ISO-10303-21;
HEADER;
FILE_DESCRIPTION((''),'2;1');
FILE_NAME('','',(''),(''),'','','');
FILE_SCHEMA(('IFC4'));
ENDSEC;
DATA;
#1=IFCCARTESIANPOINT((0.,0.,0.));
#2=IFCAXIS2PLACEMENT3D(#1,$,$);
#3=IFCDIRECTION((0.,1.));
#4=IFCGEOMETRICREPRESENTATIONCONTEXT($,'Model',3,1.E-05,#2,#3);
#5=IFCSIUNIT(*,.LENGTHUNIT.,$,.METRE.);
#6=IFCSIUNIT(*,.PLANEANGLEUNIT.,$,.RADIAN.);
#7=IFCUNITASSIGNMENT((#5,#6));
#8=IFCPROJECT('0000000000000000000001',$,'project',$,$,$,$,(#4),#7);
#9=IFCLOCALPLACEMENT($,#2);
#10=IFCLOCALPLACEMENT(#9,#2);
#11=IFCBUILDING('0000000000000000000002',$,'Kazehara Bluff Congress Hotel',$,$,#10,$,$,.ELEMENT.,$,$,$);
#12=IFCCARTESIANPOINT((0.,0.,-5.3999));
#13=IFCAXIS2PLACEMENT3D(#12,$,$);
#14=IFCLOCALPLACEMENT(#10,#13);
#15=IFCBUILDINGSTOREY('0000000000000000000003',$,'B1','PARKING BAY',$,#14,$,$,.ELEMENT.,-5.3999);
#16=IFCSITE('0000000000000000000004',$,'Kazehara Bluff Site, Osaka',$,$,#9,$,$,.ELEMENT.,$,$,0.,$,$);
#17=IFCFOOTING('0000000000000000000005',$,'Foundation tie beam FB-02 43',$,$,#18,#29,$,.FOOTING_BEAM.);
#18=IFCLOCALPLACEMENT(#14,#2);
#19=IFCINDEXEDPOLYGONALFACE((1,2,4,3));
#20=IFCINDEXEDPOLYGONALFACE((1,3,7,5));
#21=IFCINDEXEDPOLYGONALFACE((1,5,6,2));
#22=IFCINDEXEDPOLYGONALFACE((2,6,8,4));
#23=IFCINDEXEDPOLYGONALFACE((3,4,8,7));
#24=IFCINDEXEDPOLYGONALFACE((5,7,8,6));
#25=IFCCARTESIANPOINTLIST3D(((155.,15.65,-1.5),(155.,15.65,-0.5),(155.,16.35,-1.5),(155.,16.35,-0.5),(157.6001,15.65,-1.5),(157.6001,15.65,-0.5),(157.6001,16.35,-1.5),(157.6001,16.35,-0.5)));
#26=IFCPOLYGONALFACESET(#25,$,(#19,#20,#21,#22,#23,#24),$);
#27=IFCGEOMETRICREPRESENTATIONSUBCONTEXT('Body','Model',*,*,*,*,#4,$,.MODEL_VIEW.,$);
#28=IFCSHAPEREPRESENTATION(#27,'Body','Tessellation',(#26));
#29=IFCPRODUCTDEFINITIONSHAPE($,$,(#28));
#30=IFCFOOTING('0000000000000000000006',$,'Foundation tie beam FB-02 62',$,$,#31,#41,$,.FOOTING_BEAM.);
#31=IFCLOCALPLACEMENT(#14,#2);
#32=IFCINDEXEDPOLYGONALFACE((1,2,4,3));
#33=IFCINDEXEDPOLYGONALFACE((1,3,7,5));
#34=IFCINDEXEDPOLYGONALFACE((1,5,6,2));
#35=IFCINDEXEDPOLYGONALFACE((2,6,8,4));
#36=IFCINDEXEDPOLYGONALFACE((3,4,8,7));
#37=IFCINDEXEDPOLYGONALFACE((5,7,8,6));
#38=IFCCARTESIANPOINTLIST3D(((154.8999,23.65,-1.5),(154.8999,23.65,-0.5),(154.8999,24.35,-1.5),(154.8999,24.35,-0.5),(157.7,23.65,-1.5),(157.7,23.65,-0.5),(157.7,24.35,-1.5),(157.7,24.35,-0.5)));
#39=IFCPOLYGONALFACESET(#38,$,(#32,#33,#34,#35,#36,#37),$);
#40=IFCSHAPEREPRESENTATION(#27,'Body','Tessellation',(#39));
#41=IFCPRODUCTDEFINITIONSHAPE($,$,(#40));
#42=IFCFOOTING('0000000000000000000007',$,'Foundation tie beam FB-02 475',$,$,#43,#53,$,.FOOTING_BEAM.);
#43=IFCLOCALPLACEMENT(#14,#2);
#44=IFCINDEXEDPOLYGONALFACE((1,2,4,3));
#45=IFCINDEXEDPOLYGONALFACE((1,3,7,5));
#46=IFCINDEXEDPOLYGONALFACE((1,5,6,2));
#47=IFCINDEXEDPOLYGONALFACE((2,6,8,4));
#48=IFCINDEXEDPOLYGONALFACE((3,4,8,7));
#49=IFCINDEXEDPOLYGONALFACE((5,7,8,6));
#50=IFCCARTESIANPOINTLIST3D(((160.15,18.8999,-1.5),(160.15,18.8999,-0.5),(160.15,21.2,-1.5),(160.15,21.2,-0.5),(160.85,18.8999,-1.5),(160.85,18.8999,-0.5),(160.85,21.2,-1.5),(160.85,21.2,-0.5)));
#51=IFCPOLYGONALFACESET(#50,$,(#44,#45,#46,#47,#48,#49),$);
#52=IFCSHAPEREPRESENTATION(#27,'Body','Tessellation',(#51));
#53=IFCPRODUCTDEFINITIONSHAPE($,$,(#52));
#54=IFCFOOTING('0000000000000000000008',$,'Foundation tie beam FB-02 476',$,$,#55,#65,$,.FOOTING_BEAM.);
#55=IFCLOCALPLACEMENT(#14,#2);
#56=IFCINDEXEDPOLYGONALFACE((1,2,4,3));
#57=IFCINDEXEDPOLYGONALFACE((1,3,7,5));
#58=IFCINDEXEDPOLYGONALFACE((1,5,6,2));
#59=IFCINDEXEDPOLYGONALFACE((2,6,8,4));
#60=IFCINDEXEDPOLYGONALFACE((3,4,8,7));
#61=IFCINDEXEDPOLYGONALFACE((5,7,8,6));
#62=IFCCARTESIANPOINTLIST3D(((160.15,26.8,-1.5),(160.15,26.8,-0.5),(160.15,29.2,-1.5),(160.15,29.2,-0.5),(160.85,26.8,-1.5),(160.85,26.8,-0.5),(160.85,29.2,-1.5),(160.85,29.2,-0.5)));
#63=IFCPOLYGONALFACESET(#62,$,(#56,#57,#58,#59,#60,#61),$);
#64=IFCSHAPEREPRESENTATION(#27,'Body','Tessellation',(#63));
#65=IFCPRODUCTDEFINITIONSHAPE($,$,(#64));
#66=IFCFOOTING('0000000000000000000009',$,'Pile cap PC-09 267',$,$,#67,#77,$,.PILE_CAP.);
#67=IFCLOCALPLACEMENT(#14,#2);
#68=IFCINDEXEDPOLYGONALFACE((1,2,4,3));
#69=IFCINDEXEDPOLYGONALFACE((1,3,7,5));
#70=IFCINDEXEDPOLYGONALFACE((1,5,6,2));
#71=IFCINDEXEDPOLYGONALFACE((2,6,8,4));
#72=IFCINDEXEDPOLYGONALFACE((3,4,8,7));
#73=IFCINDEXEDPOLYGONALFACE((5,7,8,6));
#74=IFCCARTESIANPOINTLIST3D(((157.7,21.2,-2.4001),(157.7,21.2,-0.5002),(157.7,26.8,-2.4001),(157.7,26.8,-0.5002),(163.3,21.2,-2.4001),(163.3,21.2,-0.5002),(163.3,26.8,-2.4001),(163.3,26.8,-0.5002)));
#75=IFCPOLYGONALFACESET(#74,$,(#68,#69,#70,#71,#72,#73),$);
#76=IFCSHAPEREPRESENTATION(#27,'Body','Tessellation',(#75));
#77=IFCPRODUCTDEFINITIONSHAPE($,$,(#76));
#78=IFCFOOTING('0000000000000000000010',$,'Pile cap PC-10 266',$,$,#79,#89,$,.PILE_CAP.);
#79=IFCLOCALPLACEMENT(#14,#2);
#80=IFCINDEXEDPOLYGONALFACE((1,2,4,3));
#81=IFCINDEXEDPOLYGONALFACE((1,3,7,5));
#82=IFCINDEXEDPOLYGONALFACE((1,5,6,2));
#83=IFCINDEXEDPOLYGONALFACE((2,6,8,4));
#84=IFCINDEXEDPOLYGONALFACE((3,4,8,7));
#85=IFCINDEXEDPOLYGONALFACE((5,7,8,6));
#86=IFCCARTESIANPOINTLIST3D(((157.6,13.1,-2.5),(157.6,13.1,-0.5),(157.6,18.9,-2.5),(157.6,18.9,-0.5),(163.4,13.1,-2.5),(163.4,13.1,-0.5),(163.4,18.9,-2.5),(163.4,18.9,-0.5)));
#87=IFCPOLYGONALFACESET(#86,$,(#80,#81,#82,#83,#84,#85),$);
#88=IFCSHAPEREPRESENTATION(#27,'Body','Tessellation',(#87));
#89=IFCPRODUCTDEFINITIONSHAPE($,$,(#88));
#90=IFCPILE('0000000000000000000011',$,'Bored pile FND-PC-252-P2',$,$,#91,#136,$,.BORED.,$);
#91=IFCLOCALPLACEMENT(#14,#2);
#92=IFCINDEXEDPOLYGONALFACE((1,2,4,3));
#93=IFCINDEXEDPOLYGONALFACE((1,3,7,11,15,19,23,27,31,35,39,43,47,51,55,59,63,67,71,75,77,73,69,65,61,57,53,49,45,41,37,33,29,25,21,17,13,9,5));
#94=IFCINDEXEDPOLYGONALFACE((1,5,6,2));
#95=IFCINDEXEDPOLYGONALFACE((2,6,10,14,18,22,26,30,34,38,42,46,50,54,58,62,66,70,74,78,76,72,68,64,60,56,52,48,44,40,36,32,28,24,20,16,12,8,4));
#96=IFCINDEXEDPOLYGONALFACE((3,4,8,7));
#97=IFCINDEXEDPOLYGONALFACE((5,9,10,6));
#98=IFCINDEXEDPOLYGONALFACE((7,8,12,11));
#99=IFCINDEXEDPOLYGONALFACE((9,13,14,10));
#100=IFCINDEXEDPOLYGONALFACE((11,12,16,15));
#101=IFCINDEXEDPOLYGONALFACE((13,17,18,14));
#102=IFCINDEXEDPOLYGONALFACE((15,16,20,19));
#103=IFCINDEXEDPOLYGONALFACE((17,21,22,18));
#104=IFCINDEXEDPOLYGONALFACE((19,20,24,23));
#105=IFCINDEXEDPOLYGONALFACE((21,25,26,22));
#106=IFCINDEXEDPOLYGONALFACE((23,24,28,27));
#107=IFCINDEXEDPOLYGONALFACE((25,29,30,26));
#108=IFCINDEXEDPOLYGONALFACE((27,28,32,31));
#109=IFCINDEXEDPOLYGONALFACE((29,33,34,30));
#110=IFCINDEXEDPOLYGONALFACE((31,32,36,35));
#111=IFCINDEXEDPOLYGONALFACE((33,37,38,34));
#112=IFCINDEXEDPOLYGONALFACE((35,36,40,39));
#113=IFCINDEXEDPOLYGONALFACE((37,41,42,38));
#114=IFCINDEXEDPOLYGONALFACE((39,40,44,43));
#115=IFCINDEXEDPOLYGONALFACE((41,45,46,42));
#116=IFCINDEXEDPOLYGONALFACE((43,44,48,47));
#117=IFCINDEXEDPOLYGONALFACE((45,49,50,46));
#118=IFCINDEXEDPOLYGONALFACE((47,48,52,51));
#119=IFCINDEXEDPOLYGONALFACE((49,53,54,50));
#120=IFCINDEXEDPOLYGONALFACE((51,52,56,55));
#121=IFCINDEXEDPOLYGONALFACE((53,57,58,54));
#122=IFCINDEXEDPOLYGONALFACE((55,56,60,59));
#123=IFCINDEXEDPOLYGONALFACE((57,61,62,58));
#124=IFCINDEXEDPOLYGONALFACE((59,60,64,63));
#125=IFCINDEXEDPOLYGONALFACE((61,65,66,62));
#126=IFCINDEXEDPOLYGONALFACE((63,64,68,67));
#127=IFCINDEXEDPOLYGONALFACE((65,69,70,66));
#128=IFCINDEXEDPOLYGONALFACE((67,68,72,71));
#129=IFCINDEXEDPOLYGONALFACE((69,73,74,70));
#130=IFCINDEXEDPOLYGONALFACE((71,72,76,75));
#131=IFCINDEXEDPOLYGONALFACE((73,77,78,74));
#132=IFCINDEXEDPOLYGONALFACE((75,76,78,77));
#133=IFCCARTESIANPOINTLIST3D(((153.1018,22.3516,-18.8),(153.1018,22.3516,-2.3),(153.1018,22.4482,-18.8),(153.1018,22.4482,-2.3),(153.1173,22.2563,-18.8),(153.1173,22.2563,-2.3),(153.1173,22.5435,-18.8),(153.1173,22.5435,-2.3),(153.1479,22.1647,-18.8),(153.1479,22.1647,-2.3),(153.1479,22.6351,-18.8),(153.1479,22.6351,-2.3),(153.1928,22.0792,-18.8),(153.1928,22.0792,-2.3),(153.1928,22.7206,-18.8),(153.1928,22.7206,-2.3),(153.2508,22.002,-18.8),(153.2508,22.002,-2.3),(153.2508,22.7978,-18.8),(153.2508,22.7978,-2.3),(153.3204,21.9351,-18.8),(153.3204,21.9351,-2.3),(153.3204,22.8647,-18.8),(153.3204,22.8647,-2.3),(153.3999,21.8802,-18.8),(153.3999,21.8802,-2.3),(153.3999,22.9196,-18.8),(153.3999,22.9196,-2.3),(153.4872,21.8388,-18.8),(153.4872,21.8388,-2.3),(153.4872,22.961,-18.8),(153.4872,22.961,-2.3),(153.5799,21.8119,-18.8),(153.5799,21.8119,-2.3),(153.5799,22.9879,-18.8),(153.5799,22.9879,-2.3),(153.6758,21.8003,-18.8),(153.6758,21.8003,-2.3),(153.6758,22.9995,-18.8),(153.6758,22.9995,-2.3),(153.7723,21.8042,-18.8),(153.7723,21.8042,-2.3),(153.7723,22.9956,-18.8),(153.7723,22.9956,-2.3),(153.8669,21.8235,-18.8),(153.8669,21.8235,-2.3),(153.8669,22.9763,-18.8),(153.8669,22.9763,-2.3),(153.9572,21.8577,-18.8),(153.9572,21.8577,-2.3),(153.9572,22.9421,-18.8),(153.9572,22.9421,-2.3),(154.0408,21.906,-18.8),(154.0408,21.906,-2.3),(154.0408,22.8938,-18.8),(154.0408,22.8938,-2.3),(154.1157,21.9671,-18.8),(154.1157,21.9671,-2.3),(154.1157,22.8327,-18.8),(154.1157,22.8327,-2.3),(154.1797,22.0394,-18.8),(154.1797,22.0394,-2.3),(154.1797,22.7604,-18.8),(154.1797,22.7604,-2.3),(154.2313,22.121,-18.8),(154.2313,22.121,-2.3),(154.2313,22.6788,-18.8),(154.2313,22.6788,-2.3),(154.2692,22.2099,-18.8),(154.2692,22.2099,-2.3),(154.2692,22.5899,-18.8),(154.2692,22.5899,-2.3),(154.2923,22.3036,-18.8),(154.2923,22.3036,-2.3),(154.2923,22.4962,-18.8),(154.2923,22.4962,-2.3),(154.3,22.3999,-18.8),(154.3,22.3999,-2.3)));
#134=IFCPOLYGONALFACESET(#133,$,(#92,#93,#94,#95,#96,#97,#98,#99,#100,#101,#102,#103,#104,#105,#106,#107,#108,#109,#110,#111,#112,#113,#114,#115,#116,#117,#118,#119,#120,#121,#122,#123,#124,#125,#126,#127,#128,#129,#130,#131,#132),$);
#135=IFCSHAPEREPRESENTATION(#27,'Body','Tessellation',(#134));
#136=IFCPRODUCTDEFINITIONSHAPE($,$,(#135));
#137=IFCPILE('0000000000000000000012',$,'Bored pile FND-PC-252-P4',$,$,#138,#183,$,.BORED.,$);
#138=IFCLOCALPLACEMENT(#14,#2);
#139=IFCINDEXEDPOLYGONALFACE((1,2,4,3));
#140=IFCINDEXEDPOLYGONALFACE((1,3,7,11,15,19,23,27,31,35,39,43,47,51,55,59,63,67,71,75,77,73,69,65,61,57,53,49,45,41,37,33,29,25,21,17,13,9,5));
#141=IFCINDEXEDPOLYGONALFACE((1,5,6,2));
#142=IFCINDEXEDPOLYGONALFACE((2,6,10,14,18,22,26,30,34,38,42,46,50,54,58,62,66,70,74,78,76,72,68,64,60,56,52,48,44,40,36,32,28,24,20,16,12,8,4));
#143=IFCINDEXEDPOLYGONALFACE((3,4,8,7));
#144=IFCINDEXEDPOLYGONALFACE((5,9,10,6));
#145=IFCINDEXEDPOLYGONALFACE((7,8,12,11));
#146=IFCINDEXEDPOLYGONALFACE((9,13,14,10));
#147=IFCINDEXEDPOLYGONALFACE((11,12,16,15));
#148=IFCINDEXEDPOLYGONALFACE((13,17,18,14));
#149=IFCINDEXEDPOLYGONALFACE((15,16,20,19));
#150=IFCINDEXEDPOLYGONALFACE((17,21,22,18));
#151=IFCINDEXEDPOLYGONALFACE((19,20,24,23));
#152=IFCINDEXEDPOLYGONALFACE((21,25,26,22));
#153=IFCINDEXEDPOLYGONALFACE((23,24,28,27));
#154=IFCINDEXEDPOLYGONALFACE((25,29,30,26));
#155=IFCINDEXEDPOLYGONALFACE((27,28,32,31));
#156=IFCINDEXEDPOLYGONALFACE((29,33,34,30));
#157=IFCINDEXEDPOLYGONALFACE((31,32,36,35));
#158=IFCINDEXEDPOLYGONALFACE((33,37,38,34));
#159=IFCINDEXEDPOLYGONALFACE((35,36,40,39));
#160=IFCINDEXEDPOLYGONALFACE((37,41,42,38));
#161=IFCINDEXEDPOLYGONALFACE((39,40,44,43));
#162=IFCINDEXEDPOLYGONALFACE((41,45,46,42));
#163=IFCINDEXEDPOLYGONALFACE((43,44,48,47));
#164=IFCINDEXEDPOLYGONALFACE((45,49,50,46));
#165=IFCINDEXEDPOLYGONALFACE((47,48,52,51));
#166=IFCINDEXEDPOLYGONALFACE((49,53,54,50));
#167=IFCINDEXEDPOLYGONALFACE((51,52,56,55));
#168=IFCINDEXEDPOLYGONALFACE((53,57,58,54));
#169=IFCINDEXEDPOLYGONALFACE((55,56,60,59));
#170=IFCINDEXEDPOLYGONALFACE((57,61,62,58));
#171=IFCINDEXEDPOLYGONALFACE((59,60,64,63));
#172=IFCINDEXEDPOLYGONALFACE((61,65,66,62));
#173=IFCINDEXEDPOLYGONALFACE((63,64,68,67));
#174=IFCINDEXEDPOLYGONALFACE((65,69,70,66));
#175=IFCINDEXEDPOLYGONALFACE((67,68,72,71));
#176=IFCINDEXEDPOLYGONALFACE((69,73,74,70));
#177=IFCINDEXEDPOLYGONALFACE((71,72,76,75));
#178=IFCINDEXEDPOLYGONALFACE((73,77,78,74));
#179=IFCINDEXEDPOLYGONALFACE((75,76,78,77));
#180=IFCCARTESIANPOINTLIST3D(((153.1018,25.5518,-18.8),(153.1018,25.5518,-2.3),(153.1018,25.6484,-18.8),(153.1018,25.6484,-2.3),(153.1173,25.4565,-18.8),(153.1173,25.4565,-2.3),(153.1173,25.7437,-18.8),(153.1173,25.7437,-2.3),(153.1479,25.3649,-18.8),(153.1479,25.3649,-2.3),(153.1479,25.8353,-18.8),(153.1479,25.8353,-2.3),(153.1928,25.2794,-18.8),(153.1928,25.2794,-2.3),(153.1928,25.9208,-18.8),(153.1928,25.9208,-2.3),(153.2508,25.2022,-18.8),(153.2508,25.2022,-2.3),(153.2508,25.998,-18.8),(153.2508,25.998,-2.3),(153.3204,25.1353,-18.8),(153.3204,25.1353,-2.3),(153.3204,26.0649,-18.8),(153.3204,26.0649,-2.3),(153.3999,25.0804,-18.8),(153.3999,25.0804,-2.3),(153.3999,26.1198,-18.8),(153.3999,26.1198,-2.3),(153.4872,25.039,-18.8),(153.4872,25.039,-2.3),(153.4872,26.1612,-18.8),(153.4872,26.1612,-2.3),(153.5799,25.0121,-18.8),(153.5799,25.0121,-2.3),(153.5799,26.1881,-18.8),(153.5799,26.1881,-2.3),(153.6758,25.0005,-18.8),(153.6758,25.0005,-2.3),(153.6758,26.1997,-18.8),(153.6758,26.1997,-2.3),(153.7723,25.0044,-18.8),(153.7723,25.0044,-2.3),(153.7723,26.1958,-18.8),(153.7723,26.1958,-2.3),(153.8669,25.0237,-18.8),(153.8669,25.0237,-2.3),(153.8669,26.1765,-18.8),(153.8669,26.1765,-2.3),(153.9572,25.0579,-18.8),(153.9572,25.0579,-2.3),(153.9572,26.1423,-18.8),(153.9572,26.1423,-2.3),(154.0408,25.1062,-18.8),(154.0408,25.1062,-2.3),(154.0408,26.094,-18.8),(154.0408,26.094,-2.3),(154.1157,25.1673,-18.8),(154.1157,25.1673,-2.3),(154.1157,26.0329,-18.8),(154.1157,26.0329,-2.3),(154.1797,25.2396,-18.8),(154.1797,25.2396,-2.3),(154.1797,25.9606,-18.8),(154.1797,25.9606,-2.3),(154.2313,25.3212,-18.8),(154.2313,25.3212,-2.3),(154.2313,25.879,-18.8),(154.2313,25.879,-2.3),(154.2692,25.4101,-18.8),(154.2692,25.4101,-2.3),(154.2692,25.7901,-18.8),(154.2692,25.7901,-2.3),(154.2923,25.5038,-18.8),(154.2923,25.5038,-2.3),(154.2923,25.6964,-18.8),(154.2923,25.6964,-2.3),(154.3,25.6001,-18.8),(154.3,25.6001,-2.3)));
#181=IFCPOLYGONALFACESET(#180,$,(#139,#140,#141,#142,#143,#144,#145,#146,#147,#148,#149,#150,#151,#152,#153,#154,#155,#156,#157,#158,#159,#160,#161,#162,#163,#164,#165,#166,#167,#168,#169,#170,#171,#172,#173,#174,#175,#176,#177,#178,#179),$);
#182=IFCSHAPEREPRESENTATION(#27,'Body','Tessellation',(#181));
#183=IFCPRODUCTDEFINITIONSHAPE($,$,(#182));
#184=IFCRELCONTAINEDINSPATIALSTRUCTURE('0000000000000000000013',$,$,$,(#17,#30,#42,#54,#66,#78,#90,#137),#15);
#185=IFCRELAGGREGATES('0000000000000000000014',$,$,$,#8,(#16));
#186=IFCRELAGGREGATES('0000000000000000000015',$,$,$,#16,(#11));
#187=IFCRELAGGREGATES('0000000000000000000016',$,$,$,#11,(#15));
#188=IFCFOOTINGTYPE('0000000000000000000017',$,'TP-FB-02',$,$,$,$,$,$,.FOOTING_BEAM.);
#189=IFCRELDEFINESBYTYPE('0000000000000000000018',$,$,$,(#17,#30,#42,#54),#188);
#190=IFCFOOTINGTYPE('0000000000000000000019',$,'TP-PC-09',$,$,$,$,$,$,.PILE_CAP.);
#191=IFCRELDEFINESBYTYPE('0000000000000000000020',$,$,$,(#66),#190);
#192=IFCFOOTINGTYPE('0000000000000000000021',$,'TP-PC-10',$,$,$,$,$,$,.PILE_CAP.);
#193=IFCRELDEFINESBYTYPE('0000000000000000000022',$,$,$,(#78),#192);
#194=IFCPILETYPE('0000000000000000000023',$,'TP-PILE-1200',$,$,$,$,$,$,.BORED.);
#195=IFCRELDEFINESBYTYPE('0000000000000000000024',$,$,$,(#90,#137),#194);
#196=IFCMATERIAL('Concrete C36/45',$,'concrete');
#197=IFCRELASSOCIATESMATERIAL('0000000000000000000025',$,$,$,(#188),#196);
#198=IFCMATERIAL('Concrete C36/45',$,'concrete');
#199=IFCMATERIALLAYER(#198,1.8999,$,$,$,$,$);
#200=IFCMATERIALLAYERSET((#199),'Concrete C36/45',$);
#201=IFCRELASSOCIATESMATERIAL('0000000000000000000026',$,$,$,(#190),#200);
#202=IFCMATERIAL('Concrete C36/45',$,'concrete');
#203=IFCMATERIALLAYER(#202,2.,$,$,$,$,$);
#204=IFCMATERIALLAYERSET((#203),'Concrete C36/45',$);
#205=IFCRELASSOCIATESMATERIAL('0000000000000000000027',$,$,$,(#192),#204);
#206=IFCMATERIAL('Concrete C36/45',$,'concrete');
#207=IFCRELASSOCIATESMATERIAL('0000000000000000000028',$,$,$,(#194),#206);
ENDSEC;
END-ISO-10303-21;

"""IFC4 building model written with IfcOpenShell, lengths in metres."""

from ifc_helpers import new_model, si_unit, direction, frame, origin, origin_2d, place, context, subcontext, project, spatial, rectangle, circle, extrude, material, layer, layer_set, material_profile, profile_set, type_object, element, save


model = new_model("IFC4")

# Units and contexts
model_context = context("Model", 3, precision=1e-05, world=origin(), true_north=direction((0.0, 1.0)))
body_context = subcontext(model_context, "Body", "Model", "MODEL_VIEW")
ifc_project = project(units=[si_unit("LENGTHUNIT", "METRE"), si_unit("PLANEANGLEUNIT", "RADIAN")], contexts=[model_context])

# Site, building, storey
site_placement = place(None, origin())
site = spatial("IfcSite", under=ifc_project, at=site_placement, Name="Kazehara Bluff Site, Osaka", CompositionType="ELEMENT", RefElevation=0.0)
building_placement = place(site_placement, origin())
building = spatial("IfcBuilding", under=site, at=building_placement, Name="Kazehara Bluff Congress Hotel", CompositionType="ELEMENT")
storey_placement = place(building_placement, frame((0.0, 0.0, -5.3999)))
storey = spatial("IfcBuildingStorey", under=building, at=storey_placement, Name="B1", Description="PARKING BAY", CompositionType="ELEMENT", Elevation=-5.3999)

# Footings
ifc_material_1 = material(Name="Concrete C36/45", Category="concrete")
ifc_material_profile_1 = material_profile(ifc_material_1, rectangle(XDim=0.7, YDim=1.0, at=origin_2d()))
ifc_profile_set_1 = profile_set([ifc_material_profile_1], Name="Concrete C36/45")
footing_type_1 = type_object("IfcFootingType", Name="TP-FB-02", PredefinedType="FOOTING_BEAM", material=ifc_profile_set_1)
footing_1_placement = place(storey_placement, frame((155.0, 16.0, -1.0), z_axis=(1.0, 0.0, 0.0), x_axis=(0.0, 1.0, 0.0)))
element("IfcFooting", 1, at=footing_1_placement, inside=storey, type_object=footing_type_1, Name="Foundation tie beam FB-02 43", PredefinedType="FOOTING_BEAM", context=body_context, shape_type="SweptSolid", body=[
    extrude(rectangle(XDim=0.7, YDim=1.0, at=origin_2d()), origin(), (0.0, 0.0, 1.0), 2.6001),
])
footing_2_placement = place(storey_placement, frame((154.8999, 24.0, -1.0), z_axis=(1.0, 0.0, 0.0), x_axis=(0.0, 1.0, 0.0)))
element("IfcFooting", 2, at=footing_2_placement, inside=storey, type_object=footing_type_1, Name="Foundation tie beam FB-02 62", PredefinedType="FOOTING_BEAM", context=body_context, shape_type="SweptSolid", body=[
    extrude(rectangle(XDim=0.7, YDim=1.0, at=origin_2d()), origin(), (0.0, 0.0, 1.0), 2.8),
])
footing_3_placement = place(storey_placement, frame((160.5, 18.8999, -1.0), z_axis=(0.0, 1.0, 0.0), x_axis=(-1.0, 0.0, 0.0)))
element("IfcFooting", 3, at=footing_3_placement, inside=storey, type_object=footing_type_1, Name="Foundation tie beam FB-02 475", PredefinedType="FOOTING_BEAM", context=body_context, shape_type="SweptSolid", body=[
    extrude(rectangle(XDim=0.7, YDim=1.0, at=origin_2d()), origin(), (0.0, 0.0, 1.0), 2.3),
])
footing_4_placement = place(storey_placement, frame((160.5, 26.8, -1.0), z_axis=(0.0, 1.0, 0.0), x_axis=(-1.0, 0.0, 0.0)))
element("IfcFooting", 4, at=footing_4_placement, inside=storey, type_object=footing_type_1, Name="Foundation tie beam FB-02 476", PredefinedType="FOOTING_BEAM", context=body_context, shape_type="SweptSolid", body=[
    extrude(rectangle(XDim=0.7, YDim=1.0, at=origin_2d()), origin(), (0.0, 0.0, 1.0), 2.3999),
])
ifc_material_2 = material(Name="Concrete C36/45", Category="concrete")
ifc_layer_1 = layer(ifc_material_2, 1.8999)
ifc_layer_set_1 = layer_set([ifc_layer_1], Name="Concrete C36/45")
footing_type_2 = type_object("IfcFootingType", Name="TP-PC-09", PredefinedType="PILE_CAP", material=ifc_layer_set_1)
footing_5_placement = place(storey_placement, frame((160.5, 24.0, -2.4001), z_axis=(0.0, 0.0, 1.0), x_axis=(1.0, 0.0, 0.0)))
element("IfcFooting", 5, at=footing_5_placement, inside=storey, type_object=footing_type_2, Name="Pile cap PC-09 267", PredefinedType="PILE_CAP", context=body_context, shape_type="SweptSolid", body=[
    extrude(rectangle(XDim=5.6001, YDim=5.6001, at=origin_2d()), origin(), (0.0, 0.0, 1.0), 1.8999),
])
ifc_material_3 = material(Name="Concrete C36/45", Category="concrete")
ifc_layer_2 = layer(ifc_material_3, 2.0)
ifc_layer_set_2 = layer_set([ifc_layer_2], Name="Concrete C36/45")
footing_type_3 = type_object("IfcFootingType", Name="TP-PC-10", PredefinedType="PILE_CAP", material=ifc_layer_set_2)
footing_6_placement = place(storey_placement, frame((160.5, 16.0, -2.5), z_axis=(0.0, 0.0, 1.0), x_axis=(1.0, 0.0, 0.0)))
element("IfcFooting", 6, at=footing_6_placement, inside=storey, type_object=footing_type_3, Name="Pile cap PC-10 266", PredefinedType="PILE_CAP", context=body_context, shape_type="SweptSolid", body=[
    extrude(rectangle(XDim=5.8, YDim=5.8, at=origin_2d()), origin(), (0.0, 0.0, 1.0), 2.0),
])

# Piles
ifc_material_4 = material(Name="Concrete C36/45", Category="concrete")
ifc_material_profile_2 = material_profile(ifc_material_4, circle(Radius=0.6001, at=origin_2d()))
ifc_profile_set_2 = profile_set([ifc_material_profile_2], Name="Concrete C36/45")
pile_type_1 = type_object("IfcPileType", Name="TP-PILE-1200", PredefinedType="BORED", material=ifc_profile_set_2)
for number, where, z_axis, x_axis, name in (
    (7, (153.7, 22.3999, -2.3), (0.0, 0.0, -1.0), (1.0, 0.0, 0.0), "Bored pile FND-PC-252-P2"),
    (8, (153.7, 25.6001, -2.3), (0.0, 0.0, -1.0), (1.0, 0.0, 0.0), "Bored pile FND-PC-252-P4"),
):
    element("IfcPile", number, at=place(storey_placement, frame(where, z_axis=z_axis, x_axis=x_axis)), inside=storey, type_object=pile_type_1, Name=name, PredefinedType="BORED", context=body_context, shape_type="SweptSolid", body=[
        extrude(circle(Radius=0.6001, at=origin_2d()), origin(), (0.0, 0.0, 1.0), 16.5),
    ])

save(model, "model.ifc")
